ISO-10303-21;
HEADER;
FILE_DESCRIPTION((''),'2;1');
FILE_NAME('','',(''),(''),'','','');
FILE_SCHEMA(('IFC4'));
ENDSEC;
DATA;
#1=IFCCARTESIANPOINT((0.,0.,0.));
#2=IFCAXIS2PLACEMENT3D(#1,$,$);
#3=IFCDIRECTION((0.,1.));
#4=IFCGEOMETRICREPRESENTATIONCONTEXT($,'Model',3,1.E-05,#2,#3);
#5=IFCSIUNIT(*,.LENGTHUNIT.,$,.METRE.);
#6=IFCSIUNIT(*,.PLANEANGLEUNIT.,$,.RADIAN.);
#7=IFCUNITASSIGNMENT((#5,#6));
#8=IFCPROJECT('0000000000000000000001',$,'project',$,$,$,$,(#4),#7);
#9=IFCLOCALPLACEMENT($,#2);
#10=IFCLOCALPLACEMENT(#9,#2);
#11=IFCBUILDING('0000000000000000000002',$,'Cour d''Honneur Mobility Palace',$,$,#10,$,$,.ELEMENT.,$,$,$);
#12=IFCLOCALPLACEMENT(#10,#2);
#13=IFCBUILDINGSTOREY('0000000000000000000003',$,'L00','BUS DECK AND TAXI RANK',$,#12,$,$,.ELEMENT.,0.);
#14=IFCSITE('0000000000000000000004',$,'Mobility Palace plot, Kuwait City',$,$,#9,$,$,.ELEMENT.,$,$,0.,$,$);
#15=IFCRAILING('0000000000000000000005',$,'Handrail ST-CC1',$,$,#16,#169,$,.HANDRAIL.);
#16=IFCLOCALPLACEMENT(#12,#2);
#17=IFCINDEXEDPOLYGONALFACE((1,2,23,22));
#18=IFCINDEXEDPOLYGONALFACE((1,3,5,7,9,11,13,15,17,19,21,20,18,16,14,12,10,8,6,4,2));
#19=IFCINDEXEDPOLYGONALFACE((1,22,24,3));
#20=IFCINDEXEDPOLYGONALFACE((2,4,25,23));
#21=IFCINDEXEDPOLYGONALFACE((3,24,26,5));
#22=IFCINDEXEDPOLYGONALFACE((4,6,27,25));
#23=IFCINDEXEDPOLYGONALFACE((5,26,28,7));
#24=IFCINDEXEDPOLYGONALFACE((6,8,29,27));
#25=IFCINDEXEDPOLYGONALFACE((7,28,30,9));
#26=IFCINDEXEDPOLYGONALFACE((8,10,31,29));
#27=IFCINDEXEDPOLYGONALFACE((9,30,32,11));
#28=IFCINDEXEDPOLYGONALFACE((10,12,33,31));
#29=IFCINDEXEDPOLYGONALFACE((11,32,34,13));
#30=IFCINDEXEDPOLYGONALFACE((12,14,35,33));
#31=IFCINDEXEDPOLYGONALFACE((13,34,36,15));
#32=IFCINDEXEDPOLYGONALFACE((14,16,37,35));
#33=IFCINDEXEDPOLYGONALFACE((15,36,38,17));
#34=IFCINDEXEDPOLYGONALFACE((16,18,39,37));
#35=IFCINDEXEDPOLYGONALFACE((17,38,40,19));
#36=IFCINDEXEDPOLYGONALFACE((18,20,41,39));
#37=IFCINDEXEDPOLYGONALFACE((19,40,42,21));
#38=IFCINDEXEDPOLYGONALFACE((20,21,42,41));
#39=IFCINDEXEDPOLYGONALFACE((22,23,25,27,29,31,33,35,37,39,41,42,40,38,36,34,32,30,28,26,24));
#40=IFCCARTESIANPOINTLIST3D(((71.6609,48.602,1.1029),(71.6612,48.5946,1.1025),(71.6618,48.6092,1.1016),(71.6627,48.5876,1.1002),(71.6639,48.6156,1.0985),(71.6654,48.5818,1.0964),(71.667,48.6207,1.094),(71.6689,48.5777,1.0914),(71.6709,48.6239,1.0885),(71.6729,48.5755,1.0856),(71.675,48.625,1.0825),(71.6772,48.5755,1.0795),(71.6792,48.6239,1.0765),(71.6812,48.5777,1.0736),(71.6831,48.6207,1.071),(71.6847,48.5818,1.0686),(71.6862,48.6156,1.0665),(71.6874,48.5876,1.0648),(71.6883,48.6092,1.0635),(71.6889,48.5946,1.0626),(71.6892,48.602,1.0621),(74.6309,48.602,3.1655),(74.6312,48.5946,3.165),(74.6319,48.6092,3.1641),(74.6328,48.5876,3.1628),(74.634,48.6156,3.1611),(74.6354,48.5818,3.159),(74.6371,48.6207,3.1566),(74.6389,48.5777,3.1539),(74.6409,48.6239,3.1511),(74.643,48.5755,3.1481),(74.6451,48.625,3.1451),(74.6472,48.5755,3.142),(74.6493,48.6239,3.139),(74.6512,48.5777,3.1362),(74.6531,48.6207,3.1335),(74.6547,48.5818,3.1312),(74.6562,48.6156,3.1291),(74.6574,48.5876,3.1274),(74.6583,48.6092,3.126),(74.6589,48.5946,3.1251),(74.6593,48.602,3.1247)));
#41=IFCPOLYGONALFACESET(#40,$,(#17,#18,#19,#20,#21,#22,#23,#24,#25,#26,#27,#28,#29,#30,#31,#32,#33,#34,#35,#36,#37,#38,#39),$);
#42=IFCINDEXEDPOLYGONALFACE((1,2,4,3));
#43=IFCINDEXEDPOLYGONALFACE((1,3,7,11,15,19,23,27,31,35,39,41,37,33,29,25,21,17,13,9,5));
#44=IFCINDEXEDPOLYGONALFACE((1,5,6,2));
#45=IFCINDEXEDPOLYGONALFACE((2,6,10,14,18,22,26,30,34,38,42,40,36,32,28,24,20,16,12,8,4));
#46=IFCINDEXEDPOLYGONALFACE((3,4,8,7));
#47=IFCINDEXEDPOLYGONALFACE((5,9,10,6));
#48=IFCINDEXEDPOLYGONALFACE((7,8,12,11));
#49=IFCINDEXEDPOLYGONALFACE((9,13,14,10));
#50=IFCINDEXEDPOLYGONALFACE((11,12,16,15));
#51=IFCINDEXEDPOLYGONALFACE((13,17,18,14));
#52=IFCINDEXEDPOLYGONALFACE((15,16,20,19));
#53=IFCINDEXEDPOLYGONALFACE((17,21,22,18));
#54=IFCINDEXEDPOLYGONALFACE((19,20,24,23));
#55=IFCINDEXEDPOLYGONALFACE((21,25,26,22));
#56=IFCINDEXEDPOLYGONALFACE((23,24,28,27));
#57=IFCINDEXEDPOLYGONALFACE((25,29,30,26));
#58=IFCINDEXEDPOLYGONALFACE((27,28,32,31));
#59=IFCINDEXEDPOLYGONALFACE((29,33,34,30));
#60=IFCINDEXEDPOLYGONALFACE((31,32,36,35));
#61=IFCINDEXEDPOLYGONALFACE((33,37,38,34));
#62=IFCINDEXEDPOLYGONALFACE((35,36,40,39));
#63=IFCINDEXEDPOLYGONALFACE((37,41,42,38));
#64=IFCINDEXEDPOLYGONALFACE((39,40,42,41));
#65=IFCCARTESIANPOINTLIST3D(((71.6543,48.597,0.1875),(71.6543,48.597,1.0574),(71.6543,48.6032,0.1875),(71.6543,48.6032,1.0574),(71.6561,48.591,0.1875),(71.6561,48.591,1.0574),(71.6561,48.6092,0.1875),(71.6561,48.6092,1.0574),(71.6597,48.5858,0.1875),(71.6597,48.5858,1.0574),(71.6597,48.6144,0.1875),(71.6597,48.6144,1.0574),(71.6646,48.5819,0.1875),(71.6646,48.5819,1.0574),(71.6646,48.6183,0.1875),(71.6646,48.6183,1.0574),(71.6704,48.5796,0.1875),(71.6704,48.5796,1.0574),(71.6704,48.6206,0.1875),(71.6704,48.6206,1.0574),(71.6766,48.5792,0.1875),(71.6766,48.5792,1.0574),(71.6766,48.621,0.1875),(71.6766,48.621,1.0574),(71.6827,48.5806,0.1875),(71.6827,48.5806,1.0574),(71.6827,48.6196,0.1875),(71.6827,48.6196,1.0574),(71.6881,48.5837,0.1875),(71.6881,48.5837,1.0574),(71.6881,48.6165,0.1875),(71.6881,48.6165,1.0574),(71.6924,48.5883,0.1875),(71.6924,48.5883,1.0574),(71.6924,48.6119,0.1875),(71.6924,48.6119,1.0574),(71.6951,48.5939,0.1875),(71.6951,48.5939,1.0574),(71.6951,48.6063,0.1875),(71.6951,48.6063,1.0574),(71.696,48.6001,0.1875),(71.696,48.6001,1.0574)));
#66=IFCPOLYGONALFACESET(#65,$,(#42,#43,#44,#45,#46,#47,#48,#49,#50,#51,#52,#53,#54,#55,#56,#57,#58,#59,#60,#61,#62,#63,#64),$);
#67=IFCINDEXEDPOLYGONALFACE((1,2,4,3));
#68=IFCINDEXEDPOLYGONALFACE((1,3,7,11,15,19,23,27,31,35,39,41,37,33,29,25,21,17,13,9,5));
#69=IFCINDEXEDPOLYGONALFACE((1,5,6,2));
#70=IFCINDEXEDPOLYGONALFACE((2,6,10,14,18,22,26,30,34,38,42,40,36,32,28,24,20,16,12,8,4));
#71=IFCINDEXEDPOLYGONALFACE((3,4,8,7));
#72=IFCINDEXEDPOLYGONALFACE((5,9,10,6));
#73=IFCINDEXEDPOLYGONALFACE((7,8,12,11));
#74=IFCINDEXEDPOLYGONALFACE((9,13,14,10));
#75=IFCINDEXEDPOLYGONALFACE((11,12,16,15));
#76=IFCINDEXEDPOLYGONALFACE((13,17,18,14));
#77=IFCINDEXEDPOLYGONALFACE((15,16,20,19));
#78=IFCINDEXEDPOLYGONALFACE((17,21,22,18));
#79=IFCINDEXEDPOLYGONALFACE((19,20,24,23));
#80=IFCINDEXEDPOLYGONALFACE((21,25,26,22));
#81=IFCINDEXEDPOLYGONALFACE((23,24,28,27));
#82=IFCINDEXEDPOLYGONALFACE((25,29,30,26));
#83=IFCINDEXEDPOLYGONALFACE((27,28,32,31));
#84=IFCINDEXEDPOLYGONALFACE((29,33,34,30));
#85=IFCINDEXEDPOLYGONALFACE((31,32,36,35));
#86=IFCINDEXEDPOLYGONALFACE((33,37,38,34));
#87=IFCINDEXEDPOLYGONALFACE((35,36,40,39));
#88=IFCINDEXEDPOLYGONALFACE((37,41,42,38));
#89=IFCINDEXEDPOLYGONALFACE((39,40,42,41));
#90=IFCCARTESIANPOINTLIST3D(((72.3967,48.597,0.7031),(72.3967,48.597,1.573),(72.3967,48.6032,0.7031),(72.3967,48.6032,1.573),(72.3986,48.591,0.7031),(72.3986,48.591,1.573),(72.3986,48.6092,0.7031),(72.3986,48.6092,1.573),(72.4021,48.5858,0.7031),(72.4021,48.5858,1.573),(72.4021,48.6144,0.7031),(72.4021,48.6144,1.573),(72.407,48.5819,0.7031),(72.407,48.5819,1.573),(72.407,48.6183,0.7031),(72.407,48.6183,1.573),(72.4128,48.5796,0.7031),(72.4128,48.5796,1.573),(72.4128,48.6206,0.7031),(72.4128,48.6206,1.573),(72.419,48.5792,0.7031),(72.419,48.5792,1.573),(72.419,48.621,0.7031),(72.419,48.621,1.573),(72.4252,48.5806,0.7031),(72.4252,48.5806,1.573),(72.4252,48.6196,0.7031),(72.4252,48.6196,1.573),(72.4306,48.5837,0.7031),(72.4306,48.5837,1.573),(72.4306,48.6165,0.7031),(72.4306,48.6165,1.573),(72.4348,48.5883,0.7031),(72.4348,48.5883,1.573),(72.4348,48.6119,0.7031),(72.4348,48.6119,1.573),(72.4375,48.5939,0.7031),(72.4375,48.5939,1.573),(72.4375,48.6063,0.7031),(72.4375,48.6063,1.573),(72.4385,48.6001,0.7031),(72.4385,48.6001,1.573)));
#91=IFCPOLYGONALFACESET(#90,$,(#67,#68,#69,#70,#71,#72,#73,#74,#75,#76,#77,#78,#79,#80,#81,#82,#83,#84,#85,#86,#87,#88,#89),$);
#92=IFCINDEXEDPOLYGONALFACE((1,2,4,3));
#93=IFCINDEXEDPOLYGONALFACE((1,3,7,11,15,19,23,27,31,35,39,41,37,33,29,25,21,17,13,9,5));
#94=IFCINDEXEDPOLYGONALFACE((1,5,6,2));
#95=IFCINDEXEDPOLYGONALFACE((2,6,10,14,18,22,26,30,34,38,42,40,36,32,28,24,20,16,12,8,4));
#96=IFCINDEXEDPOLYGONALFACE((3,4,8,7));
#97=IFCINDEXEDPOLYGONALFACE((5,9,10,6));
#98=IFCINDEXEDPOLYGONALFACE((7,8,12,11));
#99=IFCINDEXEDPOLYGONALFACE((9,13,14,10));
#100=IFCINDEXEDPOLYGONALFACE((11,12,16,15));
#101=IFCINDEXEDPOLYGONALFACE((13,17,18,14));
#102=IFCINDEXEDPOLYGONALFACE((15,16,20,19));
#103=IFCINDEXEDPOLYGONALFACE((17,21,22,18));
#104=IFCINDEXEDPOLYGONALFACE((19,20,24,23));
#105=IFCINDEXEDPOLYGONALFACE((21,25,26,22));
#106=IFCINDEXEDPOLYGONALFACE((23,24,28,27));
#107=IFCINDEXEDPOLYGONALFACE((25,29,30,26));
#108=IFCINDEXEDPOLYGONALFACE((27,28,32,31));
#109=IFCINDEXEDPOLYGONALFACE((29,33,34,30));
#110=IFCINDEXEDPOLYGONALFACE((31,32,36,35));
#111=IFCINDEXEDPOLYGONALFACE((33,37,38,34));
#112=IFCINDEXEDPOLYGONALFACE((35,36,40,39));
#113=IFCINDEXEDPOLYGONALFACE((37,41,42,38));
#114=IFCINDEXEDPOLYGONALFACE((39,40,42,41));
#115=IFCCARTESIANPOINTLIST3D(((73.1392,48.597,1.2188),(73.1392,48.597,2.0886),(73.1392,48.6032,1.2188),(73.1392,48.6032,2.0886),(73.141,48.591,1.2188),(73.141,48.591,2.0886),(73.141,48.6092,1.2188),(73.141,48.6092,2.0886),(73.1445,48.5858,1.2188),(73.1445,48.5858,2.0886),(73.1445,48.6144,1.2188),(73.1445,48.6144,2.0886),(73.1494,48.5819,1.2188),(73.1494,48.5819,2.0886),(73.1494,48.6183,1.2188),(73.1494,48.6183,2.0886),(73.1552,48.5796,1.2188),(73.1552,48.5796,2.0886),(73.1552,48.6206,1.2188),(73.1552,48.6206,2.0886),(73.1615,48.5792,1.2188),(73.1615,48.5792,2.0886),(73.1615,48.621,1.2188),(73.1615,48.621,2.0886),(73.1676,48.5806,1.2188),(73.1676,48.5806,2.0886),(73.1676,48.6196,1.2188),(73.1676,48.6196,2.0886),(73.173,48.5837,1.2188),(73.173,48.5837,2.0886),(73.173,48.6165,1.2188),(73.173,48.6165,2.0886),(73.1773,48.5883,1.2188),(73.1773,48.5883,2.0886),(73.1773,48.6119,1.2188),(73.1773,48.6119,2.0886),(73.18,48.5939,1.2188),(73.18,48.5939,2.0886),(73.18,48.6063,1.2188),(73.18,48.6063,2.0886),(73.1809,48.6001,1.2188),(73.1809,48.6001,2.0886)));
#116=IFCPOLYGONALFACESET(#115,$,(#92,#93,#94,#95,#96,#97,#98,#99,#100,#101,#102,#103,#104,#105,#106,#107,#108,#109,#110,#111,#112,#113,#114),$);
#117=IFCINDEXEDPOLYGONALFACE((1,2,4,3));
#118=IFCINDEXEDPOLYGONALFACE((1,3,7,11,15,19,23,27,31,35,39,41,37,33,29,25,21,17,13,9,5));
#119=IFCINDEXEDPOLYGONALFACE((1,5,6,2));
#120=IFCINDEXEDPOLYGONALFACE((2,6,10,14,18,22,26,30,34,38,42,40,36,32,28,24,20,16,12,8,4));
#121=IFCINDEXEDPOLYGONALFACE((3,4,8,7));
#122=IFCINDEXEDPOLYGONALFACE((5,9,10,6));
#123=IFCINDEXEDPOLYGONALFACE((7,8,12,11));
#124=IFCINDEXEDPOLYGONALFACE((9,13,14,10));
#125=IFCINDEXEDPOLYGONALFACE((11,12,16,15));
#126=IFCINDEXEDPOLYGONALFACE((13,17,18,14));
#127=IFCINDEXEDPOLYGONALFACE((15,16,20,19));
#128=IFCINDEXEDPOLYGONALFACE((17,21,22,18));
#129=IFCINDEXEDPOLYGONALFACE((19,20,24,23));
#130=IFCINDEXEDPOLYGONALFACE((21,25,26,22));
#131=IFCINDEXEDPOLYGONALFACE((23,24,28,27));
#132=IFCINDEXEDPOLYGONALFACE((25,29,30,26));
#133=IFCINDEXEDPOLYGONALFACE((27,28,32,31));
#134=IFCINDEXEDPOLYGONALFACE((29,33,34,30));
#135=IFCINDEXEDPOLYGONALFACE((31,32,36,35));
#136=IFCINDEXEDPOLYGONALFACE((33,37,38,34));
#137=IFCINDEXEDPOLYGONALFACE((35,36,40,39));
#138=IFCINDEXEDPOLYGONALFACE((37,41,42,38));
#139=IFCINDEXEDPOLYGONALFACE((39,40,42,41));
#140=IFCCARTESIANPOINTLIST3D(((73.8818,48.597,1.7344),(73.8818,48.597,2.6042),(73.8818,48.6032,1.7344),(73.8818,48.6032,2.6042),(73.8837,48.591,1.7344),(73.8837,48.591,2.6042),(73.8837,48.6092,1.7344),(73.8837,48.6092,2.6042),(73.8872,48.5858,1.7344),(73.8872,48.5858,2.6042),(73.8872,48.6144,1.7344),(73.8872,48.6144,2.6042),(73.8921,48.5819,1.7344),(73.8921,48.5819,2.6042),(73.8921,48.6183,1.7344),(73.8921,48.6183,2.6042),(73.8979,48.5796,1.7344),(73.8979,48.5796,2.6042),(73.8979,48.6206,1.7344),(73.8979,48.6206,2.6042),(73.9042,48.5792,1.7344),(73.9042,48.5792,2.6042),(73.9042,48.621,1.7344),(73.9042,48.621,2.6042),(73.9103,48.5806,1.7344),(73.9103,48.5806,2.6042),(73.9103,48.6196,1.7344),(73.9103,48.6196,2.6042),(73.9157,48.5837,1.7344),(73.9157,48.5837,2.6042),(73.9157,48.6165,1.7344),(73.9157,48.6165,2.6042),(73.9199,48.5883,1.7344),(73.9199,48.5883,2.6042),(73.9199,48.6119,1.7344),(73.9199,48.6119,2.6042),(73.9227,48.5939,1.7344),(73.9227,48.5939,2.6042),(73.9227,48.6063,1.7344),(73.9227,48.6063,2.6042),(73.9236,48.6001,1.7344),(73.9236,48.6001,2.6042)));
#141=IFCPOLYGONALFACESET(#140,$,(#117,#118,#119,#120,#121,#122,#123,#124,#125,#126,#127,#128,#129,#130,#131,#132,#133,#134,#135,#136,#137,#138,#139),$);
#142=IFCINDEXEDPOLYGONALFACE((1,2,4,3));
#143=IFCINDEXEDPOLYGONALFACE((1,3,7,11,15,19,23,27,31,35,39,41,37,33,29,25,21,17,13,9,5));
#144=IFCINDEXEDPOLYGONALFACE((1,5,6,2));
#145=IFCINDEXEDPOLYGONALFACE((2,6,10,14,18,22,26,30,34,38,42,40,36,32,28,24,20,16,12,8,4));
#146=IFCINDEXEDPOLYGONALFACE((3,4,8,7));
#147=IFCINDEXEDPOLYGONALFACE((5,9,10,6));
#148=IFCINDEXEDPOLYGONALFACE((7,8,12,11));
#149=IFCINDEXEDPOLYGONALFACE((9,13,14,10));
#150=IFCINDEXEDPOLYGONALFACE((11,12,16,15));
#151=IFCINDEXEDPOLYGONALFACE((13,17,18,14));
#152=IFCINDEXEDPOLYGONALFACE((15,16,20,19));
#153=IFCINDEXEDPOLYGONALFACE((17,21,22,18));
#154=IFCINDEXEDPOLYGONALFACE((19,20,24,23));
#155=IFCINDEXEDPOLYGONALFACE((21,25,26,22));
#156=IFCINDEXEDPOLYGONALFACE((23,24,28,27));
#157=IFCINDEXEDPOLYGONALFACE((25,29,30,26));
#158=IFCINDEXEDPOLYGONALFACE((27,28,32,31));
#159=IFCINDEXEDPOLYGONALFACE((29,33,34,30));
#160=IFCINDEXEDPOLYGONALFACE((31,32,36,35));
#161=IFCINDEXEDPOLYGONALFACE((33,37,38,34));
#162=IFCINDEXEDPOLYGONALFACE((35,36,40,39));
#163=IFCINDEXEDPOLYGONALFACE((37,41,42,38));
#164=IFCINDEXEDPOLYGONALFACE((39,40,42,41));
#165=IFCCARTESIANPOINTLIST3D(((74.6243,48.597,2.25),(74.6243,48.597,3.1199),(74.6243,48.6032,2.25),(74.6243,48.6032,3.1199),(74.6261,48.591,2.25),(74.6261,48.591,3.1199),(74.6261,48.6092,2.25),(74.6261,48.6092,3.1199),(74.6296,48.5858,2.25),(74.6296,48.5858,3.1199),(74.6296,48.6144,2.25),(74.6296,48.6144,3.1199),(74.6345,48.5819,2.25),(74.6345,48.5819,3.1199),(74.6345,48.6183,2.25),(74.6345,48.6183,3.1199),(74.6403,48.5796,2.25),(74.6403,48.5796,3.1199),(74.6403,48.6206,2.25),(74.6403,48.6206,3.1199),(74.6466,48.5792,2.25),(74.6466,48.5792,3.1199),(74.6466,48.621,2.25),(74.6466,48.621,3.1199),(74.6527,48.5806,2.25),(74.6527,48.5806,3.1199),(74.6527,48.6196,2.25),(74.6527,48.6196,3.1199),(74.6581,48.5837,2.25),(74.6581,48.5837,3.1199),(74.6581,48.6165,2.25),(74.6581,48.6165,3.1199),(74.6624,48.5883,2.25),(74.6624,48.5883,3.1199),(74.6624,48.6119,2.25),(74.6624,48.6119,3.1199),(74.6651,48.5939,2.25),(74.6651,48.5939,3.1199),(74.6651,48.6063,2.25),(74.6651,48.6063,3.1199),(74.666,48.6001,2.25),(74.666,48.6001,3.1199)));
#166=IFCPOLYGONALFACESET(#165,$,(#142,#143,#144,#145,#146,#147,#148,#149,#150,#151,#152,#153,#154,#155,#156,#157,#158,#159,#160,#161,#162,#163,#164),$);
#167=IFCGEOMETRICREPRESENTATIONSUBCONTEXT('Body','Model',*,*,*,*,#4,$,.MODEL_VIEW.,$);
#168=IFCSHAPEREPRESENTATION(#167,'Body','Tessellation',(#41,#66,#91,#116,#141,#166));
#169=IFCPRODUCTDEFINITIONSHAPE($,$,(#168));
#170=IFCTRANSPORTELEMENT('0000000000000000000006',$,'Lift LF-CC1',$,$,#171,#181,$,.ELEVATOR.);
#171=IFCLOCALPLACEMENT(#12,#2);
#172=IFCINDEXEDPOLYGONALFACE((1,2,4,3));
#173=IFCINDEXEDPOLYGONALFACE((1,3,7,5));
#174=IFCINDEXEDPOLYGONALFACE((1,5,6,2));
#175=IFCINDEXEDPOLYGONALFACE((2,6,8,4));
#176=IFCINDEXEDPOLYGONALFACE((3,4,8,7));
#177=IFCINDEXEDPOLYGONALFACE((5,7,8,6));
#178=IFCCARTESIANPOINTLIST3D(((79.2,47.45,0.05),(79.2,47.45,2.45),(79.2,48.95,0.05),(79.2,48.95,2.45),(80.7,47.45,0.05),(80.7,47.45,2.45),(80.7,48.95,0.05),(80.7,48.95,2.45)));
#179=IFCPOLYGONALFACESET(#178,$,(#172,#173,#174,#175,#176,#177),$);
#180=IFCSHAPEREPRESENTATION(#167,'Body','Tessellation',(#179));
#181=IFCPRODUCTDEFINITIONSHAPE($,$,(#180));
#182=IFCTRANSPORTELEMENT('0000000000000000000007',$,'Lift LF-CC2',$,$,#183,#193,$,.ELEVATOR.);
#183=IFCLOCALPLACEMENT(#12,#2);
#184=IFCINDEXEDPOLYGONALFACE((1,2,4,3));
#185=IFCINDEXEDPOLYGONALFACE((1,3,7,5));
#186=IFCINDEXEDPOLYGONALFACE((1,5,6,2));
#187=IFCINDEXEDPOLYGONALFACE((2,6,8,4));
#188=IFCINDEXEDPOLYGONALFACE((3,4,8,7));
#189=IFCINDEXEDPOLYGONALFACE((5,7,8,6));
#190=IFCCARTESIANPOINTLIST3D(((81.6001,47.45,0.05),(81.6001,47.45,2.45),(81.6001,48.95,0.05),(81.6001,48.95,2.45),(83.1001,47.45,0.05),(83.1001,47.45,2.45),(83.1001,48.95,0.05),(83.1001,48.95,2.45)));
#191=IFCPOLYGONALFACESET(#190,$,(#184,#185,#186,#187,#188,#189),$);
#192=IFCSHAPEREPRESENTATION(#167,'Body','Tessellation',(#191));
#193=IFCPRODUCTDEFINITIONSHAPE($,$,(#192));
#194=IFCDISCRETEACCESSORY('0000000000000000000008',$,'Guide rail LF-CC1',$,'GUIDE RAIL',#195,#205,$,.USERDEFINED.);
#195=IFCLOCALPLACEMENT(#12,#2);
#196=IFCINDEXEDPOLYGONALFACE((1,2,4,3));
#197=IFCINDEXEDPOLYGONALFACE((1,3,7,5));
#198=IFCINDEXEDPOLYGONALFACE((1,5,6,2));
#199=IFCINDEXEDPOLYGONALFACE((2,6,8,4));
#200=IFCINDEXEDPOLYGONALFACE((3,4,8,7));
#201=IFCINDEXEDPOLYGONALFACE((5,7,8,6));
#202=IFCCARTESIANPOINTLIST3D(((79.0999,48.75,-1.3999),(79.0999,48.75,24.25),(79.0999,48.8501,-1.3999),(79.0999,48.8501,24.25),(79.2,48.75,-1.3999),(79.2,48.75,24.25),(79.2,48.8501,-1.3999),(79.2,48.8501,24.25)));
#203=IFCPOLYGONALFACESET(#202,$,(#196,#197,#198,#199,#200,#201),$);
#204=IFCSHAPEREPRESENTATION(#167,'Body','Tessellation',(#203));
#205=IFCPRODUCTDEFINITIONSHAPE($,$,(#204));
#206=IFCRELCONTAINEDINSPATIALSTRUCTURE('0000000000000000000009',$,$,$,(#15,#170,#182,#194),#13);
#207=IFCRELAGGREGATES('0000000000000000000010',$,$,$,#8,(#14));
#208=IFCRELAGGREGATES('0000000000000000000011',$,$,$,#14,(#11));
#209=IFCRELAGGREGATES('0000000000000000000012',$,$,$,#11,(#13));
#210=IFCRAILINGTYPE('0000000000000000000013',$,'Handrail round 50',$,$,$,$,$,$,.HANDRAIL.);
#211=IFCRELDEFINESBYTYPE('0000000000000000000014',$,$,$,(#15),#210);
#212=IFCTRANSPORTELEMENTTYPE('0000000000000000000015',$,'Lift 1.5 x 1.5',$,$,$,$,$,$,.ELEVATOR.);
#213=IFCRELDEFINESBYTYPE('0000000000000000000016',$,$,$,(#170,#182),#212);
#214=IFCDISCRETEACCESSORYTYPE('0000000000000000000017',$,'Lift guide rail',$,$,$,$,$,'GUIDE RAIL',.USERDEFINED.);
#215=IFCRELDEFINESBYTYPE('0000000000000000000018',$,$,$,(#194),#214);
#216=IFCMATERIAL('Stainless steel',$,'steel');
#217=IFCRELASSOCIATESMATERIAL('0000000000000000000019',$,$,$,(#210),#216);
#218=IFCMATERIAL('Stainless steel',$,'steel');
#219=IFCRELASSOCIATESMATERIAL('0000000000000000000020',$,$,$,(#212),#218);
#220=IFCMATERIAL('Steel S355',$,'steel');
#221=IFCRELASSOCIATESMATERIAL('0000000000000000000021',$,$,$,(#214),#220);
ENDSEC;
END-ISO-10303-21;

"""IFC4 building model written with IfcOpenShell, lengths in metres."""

from ifc_helpers import new_model, si_unit, direction, frame, origin, origin_2d, place, context, subcontext, project, spatial, rectangle, circle, extrude, material, type_object, element, save


model = new_model("IFC4")

# Units and contexts
model_context = context("Model", 3, precision=1e-05, world=origin(), true_north=direction((0.0, 1.0)))
body_context = subcontext(model_context, "Body", "Model", "MODEL_VIEW")
ifc_project = project(units=[si_unit("LENGTHUNIT", "METRE"), si_unit("PLANEANGLEUNIT", "RADIAN")], contexts=[model_context])

# Site, building, storey
site_placement = place(None, origin())
site = spatial("IfcSite", under=ifc_project, at=site_placement, Name="Mobility Palace plot, Kuwait City", CompositionType="ELEMENT", RefElevation=0.0)
building_placement = place(site_placement, origin())
building = spatial("IfcBuilding", under=site, at=building_placement, Name="Cour d'Honneur Mobility Palace", CompositionType="ELEMENT")
storey_placement = place(building_placement, origin())
storey = spatial("IfcBuildingStorey", under=building, at=storey_placement, Name="L00", Description="BUS DECK AND TAXI RANK", CompositionType="ELEMENT", Elevation=0.0)

# Railing
ifc_material_1 = material(Name="Stainless steel", Category="steel")
railing_type = type_object("IfcRailingType", Name="Handrail round 50", PredefinedType="HANDRAIL", material=ifc_material_1)
railing_1_placement = place(storey_placement, frame((71.675, 48.6001, 0.1875)))
element("IfcRailing", 1, at=railing_1_placement, inside=storey, type_object=railing_type, Name="Handrail ST-CC1", PredefinedType="HANDRAIL", context=body_context, shape_type="SweptSolid", body=[
    extrude(circle(Radius=0.0249, at=origin_2d()), frame((0.0, 0.0, 0.895), z_axis=(0.821367, 0.0, 0.5704), x_axis=(0.0, 1.0, 0.0)), (0.0, 0.0, 1.0), 3.616),
    extrude(circle(Radius=0.021, at=origin_2d()), origin(), (0.0, 0.0, 1.0), 0.8699),
    extrude(circle(Radius=0.021, at=origin_2d()), frame((0.7424, 0.0, 0.5156)), (0.0, 0.0, 1.0), 0.8699),
    extrude(circle(Radius=0.021, at=origin_2d()), frame((1.4849, 0.0, 1.0312)), (0.0, 0.0, 1.0), 0.8699),
    extrude(circle(Radius=0.021, at=origin_2d()), frame((2.2275, 0.0, 1.5469)), (0.0, 0.0, 1.0), 0.8699),
    extrude(circle(Radius=0.021, at=origin_2d()), frame((2.97, 0.0, 2.0625)), (0.0, 0.0, 1.0), 0.8699),
])

# Transport elements
ifc_material_2 = material(Name="Stainless steel", Category="steel")
transport_element_type = type_object("IfcTransportElementType", Name="Lift 1.5 x 1.5", PredefinedType="ELEVATOR", material=ifc_material_2)
for number, where, z_axis, x_axis, name in (
    (2, (79.95, 48.2, 0.05), (0.0, 0.0, 1.0), (1.0, 0.0, 0.0), "Lift LF-CC1"),
    (3, (82.3501, 48.2, 0.05), (0.0, 0.0, 1.0), (1.0, 0.0, 0.0), "Lift LF-CC2"),
):
    element("IfcTransportElement", number, at=place(storey_placement, frame(where, z_axis=z_axis, x_axis=x_axis)), inside=storey, type_object=transport_element_type, Name=name, PredefinedType="ELEVATOR", context=body_context, shape_type="SweptSolid", body=[
        extrude(rectangle(XDim=1.5, YDim=1.5, at=origin_2d()), origin(), (0.0, 0.0, 1.0), 2.3999),
    ])

# Discrete accessory
ifc_material_3 = material(Name="Steel S355", Category="steel")
discrete_accessory_type = type_object("IfcDiscreteAccessoryType", Name="Lift guide rail", ElementType="GUIDE RAIL", PredefinedType="USERDEFINED", material=ifc_material_3)
for number, where, z_axis, x_axis, name in (
    (4, (79.1499, 48.8, -1.3999), (0.0, 0.0, 1.0), (1.0, 0.0, 0.0), "Guide rail LF-CC1"),
):
    element("IfcDiscreteAccessory", number, at=place(storey_placement, frame(where, z_axis=z_axis, x_axis=x_axis)), inside=storey, type_object=discrete_accessory_type, Name=name, ObjectType="GUIDE RAIL", PredefinedType="USERDEFINED", context=body_context, shape_type="SweptSolid", body=[
        extrude(rectangle(XDim=0.1001, YDim=0.1001, at=origin_2d()), origin(), (0.0, 0.0, 1.0), 25.6499),
    ])

save(model, "model.ifc")
